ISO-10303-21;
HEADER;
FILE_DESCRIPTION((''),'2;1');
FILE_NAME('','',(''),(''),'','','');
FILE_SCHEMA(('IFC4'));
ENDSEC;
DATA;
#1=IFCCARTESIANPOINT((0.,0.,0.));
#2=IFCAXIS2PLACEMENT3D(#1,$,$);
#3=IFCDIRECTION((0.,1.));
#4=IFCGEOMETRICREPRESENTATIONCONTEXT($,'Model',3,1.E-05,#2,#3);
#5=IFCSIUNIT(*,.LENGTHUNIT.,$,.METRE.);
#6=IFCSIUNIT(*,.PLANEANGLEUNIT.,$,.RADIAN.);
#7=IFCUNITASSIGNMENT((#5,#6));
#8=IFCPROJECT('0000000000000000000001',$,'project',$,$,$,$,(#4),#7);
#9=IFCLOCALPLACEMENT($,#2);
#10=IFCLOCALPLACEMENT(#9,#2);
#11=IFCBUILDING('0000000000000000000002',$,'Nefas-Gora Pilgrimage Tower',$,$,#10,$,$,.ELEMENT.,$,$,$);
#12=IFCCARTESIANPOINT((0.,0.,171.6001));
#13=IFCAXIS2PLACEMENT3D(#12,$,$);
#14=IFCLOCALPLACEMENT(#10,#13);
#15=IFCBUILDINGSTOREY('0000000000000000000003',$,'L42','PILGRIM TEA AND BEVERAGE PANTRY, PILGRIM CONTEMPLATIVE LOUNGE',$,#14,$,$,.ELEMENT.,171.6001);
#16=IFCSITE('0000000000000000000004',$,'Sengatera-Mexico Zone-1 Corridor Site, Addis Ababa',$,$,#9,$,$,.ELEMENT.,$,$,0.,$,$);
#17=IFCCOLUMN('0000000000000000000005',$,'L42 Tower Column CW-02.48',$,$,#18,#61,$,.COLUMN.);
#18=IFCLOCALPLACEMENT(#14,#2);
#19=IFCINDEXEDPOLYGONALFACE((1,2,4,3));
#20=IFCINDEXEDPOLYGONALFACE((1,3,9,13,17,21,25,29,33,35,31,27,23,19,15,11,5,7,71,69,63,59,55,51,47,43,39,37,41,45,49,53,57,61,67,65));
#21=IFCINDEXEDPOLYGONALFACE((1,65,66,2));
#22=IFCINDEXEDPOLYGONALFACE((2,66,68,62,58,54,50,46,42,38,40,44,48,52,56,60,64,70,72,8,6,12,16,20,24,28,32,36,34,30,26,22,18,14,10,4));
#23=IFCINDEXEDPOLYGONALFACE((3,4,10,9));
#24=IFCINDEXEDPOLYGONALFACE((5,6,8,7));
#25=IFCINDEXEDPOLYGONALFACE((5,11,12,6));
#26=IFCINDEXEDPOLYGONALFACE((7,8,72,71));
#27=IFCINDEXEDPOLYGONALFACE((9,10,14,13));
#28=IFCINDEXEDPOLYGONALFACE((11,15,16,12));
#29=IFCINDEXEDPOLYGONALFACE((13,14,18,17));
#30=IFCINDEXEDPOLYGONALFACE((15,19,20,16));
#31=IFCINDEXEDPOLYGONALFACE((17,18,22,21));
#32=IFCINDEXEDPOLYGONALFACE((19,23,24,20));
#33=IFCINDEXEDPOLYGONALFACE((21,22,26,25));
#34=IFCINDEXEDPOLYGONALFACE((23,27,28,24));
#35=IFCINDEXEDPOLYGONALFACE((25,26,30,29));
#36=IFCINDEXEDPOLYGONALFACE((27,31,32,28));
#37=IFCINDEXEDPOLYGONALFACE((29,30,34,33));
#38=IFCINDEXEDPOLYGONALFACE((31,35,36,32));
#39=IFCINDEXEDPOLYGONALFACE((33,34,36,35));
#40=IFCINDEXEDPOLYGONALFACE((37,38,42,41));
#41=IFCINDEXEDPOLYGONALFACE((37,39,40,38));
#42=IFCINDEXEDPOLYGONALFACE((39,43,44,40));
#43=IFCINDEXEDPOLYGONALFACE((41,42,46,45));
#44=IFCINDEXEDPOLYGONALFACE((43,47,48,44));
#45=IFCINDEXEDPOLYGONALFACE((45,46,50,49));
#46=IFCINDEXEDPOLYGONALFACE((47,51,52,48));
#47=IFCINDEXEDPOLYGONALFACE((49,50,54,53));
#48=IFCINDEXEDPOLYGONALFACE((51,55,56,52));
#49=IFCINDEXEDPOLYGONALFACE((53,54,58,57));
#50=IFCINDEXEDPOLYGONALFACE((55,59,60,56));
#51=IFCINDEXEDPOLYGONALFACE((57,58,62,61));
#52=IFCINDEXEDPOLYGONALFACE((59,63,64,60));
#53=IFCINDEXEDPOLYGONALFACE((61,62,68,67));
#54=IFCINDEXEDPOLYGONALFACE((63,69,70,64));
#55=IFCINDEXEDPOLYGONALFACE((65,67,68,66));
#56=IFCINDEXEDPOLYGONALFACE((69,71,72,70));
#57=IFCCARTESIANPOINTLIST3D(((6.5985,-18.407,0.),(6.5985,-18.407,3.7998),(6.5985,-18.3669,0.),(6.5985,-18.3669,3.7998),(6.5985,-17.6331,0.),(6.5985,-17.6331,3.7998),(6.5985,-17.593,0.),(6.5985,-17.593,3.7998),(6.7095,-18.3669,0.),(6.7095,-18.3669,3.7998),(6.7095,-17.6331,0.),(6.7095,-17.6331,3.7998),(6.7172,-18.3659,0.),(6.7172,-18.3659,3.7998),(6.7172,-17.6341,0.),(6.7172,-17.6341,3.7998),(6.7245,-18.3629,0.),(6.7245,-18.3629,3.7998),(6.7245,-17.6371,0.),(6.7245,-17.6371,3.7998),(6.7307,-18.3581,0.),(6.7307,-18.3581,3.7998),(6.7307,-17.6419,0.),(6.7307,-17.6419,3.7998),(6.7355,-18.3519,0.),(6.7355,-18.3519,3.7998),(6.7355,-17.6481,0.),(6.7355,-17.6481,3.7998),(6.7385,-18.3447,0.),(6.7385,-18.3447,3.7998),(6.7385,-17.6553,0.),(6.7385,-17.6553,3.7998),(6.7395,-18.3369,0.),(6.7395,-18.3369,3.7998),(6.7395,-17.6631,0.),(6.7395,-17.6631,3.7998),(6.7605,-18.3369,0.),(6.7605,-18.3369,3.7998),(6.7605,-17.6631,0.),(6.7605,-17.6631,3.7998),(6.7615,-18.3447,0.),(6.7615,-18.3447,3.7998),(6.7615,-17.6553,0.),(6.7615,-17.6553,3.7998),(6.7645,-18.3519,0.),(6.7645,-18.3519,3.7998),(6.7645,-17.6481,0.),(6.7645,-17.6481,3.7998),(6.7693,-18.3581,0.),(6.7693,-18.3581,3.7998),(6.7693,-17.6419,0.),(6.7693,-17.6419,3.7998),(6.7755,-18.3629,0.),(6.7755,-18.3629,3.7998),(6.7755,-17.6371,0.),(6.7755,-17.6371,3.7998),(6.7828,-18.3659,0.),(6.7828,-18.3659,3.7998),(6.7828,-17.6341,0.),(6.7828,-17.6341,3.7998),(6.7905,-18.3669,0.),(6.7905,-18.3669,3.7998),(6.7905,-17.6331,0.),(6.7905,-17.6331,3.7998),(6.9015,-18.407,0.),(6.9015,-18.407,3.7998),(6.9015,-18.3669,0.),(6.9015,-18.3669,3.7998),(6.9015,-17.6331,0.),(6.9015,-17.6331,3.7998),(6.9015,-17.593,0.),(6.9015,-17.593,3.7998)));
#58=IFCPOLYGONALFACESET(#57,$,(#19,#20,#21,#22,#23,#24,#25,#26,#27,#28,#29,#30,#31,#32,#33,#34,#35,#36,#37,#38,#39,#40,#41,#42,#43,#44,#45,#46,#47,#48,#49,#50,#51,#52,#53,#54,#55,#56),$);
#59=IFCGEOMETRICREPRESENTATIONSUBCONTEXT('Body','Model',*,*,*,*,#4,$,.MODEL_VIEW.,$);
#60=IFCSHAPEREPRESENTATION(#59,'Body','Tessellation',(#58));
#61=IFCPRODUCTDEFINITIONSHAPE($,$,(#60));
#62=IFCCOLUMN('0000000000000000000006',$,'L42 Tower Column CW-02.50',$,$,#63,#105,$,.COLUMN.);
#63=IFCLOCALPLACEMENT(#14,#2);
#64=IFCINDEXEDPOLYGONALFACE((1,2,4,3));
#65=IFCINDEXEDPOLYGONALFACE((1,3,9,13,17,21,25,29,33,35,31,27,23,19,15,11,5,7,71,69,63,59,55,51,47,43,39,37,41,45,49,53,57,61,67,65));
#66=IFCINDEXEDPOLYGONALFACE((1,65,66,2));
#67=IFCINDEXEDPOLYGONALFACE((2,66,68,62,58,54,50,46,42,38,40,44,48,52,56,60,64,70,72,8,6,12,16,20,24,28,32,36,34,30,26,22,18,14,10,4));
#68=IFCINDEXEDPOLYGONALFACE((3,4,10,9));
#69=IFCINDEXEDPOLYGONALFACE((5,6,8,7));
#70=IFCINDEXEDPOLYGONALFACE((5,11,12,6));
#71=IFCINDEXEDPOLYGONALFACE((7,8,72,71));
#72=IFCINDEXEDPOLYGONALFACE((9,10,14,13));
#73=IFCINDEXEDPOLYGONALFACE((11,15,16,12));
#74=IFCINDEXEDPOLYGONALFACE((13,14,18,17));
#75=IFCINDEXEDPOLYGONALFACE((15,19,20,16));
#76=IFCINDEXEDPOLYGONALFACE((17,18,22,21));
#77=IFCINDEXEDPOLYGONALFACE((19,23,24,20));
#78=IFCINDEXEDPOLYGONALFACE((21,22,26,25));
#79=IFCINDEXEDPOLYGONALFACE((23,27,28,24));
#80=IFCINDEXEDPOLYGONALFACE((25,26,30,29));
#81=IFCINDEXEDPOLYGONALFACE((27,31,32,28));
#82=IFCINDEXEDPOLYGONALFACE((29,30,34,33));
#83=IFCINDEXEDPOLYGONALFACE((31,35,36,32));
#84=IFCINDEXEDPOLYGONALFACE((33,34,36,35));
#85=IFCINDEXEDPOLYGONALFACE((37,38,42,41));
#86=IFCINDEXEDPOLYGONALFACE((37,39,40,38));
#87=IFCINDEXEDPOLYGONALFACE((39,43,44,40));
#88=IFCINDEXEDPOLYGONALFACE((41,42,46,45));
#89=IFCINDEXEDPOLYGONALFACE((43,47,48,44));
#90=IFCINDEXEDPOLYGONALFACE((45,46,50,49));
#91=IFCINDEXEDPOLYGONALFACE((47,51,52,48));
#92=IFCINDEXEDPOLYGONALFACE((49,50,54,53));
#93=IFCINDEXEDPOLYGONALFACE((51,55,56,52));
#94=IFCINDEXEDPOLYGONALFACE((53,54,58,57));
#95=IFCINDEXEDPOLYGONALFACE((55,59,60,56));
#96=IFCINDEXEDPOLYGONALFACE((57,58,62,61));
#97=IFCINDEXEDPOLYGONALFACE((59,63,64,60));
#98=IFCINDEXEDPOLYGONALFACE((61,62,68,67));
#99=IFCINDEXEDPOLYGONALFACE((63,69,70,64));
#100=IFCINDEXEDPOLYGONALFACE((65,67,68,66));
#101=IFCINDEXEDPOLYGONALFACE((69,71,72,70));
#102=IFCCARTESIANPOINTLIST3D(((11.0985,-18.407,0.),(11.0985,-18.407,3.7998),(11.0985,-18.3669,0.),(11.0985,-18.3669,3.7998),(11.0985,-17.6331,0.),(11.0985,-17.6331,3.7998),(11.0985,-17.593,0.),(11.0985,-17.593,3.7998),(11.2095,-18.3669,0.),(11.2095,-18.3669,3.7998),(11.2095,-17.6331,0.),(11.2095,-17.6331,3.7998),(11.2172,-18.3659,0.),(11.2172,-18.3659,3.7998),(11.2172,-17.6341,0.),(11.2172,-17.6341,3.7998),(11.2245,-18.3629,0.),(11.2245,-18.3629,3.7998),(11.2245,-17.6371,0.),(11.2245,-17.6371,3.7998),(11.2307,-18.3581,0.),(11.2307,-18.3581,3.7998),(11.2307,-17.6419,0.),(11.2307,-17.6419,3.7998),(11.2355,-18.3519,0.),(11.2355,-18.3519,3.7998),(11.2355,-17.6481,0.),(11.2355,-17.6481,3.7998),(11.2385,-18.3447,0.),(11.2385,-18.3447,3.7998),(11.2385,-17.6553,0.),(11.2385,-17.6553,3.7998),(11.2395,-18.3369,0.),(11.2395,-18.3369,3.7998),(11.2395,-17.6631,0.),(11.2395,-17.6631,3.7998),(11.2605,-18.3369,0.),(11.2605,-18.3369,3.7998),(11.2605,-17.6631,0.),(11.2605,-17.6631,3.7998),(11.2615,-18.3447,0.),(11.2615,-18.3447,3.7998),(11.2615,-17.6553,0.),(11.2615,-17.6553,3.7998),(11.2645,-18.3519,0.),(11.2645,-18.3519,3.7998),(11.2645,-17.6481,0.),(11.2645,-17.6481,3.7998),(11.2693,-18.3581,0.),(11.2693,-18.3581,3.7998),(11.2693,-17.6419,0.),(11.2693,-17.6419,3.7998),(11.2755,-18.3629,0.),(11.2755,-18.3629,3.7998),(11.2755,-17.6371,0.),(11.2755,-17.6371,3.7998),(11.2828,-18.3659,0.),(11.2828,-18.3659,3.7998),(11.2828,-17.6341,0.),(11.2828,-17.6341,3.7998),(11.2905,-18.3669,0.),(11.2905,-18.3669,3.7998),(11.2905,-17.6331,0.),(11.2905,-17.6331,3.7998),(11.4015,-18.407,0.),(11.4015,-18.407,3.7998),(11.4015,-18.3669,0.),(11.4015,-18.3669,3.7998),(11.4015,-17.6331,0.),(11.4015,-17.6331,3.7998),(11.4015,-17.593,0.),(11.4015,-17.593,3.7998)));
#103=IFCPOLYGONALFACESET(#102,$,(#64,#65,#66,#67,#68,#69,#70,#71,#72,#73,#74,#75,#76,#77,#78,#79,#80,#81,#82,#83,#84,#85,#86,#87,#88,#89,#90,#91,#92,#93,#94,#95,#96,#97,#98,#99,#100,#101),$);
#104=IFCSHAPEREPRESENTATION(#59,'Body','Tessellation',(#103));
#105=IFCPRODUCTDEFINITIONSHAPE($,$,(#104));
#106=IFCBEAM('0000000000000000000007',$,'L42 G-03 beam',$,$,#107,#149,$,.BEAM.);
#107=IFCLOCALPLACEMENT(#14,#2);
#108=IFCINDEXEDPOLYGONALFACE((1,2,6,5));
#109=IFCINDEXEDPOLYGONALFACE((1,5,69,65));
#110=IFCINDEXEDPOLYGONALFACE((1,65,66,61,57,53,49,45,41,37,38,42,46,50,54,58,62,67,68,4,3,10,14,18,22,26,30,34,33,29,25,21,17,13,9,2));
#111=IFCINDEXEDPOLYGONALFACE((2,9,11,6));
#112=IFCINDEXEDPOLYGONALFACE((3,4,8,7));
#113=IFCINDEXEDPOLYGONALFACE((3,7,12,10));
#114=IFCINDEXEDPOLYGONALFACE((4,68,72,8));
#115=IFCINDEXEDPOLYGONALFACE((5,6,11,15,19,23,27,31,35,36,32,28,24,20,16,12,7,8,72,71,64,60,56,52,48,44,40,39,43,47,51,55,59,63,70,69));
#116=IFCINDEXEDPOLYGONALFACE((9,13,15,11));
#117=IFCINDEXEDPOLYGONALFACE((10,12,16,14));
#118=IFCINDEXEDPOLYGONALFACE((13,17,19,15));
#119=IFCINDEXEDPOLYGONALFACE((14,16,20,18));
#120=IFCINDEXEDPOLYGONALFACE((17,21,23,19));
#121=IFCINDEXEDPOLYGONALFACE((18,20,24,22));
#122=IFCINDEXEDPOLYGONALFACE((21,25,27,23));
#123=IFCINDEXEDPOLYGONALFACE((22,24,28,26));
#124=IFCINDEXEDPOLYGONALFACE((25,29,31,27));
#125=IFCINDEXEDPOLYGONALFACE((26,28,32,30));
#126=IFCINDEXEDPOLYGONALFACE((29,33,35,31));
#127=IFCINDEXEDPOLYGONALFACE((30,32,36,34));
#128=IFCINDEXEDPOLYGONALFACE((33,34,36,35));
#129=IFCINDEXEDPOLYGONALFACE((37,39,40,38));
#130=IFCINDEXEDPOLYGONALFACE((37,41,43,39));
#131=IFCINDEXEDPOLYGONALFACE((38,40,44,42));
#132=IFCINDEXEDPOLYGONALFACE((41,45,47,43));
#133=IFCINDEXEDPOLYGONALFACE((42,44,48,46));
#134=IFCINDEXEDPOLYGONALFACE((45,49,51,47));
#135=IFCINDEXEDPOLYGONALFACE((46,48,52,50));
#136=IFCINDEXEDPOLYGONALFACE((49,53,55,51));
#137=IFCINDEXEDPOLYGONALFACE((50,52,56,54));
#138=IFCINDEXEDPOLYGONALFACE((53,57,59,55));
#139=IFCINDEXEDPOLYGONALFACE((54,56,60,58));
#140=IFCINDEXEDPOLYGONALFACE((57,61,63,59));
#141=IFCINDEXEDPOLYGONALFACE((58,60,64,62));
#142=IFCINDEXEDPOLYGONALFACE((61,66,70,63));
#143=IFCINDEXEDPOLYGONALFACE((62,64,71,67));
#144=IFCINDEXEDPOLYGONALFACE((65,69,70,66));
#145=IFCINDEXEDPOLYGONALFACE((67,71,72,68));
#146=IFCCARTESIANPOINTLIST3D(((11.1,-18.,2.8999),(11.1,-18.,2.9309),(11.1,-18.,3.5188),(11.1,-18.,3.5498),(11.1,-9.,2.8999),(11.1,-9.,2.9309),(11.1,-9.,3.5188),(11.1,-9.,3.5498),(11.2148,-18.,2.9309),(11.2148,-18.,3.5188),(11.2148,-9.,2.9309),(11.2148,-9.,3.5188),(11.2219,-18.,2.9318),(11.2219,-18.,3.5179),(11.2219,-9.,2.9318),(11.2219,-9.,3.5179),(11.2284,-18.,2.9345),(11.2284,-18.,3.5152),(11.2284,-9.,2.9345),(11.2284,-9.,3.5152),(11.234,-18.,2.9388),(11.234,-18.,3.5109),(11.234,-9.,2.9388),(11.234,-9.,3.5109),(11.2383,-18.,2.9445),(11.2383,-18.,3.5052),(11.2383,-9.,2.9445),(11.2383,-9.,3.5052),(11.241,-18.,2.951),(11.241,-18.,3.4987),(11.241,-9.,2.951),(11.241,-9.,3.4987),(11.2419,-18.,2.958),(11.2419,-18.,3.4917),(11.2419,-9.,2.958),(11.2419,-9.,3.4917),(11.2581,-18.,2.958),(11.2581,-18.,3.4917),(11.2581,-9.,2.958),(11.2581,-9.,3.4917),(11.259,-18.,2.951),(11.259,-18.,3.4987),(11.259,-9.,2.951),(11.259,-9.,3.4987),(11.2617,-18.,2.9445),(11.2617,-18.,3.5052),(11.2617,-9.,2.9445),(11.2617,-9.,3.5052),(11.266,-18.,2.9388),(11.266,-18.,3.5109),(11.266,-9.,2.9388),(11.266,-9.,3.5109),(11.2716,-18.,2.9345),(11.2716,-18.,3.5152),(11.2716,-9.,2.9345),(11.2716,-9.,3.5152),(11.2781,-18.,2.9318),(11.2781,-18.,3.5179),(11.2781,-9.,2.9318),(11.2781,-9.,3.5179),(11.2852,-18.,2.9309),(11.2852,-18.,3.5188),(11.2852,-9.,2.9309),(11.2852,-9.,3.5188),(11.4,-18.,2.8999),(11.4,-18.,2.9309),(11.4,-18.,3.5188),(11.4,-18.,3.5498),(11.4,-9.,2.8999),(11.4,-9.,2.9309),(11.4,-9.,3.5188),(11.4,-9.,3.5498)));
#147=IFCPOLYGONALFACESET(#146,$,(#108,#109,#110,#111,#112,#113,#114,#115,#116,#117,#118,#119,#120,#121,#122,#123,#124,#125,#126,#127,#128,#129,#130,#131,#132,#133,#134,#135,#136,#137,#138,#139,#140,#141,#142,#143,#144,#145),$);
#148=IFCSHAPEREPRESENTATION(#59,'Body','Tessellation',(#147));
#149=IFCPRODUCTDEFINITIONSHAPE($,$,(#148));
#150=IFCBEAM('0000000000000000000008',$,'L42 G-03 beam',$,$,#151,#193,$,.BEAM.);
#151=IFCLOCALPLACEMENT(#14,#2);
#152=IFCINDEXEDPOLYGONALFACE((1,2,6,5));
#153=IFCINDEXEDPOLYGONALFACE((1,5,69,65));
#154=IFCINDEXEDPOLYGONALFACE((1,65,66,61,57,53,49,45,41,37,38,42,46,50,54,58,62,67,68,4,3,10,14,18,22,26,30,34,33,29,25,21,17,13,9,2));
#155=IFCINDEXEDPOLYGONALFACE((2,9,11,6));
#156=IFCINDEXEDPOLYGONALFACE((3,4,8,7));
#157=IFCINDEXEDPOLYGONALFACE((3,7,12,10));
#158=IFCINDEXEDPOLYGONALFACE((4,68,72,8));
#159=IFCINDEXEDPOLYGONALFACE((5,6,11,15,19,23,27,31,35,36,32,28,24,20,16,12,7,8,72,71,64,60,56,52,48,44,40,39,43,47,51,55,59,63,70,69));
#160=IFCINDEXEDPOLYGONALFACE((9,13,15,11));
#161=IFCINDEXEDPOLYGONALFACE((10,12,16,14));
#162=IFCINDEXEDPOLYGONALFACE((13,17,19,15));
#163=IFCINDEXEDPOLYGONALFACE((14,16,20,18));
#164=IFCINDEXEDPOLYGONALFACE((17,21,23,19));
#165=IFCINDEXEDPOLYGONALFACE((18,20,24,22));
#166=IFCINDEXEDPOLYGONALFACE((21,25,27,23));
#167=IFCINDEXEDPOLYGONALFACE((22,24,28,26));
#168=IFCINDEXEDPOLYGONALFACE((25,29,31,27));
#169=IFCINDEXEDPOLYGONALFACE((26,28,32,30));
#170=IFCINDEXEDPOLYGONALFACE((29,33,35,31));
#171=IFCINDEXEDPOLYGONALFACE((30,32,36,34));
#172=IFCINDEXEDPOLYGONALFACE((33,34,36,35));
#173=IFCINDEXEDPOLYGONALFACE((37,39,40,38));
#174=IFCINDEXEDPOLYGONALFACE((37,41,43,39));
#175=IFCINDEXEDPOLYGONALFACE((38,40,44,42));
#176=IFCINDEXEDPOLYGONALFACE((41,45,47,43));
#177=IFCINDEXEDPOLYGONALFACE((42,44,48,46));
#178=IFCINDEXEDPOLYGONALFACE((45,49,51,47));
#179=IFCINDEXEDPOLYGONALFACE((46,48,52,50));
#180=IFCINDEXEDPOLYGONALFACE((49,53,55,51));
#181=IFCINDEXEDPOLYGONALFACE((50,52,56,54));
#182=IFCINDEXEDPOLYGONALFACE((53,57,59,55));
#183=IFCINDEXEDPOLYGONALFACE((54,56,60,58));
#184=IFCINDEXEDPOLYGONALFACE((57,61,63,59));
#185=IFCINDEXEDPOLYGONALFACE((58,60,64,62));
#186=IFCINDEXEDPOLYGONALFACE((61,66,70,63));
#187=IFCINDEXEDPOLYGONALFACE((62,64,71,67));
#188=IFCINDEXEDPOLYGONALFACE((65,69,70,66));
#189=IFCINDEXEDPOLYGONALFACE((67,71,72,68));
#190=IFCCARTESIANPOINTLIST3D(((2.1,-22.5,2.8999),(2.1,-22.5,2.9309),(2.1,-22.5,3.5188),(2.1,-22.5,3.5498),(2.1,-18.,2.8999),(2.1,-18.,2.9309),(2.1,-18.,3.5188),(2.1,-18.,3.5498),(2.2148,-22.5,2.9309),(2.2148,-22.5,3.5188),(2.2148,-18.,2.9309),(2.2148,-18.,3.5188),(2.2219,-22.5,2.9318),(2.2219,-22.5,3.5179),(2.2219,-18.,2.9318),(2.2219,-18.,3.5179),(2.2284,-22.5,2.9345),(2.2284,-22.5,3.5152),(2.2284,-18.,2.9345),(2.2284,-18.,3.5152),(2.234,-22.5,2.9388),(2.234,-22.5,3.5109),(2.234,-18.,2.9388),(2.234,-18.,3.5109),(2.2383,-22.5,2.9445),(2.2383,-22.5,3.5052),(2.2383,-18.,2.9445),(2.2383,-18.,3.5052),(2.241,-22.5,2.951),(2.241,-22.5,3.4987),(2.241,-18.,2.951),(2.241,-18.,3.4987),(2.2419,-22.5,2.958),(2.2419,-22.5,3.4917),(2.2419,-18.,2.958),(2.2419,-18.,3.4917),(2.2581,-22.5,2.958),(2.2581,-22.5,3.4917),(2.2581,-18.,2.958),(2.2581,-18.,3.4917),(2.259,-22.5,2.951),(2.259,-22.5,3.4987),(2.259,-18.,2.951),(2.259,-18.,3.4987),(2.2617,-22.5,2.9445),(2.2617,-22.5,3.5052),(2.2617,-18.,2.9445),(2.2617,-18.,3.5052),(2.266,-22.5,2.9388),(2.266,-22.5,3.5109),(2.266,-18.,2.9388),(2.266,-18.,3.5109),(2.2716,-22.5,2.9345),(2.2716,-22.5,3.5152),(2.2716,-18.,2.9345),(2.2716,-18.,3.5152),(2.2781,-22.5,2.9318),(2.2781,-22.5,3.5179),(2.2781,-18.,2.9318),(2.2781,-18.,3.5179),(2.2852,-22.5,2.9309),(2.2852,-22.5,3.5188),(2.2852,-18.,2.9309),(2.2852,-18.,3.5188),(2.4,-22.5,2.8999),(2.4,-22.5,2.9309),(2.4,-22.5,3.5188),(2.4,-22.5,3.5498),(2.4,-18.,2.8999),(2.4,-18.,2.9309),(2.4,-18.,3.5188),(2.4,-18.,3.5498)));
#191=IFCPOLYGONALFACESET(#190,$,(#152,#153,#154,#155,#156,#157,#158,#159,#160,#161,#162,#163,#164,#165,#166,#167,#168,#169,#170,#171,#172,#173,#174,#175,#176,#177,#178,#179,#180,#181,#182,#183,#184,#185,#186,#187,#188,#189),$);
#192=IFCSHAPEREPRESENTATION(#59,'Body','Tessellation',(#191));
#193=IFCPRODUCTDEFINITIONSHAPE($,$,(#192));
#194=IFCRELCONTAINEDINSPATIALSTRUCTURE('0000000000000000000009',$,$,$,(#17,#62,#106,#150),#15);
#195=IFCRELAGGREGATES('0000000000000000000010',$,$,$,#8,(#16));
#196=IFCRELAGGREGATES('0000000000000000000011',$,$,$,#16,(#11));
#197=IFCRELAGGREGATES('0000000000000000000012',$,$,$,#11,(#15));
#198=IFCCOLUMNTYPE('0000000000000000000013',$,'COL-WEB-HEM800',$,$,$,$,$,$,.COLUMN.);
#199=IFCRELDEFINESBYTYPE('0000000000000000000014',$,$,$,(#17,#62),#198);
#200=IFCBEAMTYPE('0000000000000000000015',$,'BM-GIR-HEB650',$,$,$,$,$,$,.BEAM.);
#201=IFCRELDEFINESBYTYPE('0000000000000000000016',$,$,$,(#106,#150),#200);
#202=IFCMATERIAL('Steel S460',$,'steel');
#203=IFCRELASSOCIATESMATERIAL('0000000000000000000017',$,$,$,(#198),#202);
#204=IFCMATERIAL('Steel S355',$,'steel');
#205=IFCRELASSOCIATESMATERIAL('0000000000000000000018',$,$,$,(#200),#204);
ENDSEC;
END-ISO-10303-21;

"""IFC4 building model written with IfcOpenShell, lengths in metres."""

from ifc_helpers import new_model, si_unit, direction, frame, origin, origin_2d, place, context, subcontext, project, spatial, i_section, extrude, source, transform, mapped, material, material_profile, profile_set, type_object, element, save


model = new_model("IFC4")

# Units and contexts
model_context = context("Model", 3, precision=1e-05, world=origin(), true_north=direction((0.0, 1.0)))
body_context = subcontext(model_context, "Body", "Model", "MODEL_VIEW")
ifc_project = project(units=[si_unit("LENGTHUNIT", "METRE"), si_unit("PLANEANGLEUNIT", "RADIAN")], contexts=[model_context])

# Site, building, storey
site_placement = place(None, origin())
site = spatial("IfcSite", under=ifc_project, at=site_placement, Name="Sengatera-Mexico Zone-1 Corridor Site, Addis Ababa", CompositionType="ELEMENT", RefElevation=0.0)
building_placement = place(site_placement, origin())
building = spatial("IfcBuilding", under=site, at=building_placement, Name="Nefas-Gora Pilgrimage Tower", CompositionType="ELEMENT")
storey_placement = place(building_placement, frame((0.0, 0.0, 171.6001)))
storey = spatial("IfcBuildingStorey", under=building, at=storey_placement, Name="L42", Description="PILGRIM TEA AND BEVERAGE PANTRY, PILGRIM CONTEMPLATIVE LOUNGE", CompositionType="ELEMENT", Elevation=171.6001)

# Columns
ifc_material_1 = material(Name="Steel S460", Category="steel")
ifc_material_profile_1 = material_profile(ifc_material_1, i_section(OverallWidth=0.303, OverallDepth=0.814, WebThickness=0.021, FlangeThickness=0.04, FilletRadius=0.03, at=origin_2d()), Name="HEM 800")
ifc_profile_set_1 = profile_set([ifc_material_profile_1], Name="Steel S460")
column_type_1 = type_object("IfcColumnType", Name="COL-WEB-HEM800", PredefinedType="COLUMN", material=ifc_profile_set_1)
shared_shape_1 = source(origin(), body_context, "Body", "SweptSolid", [
    extrude(i_section(OverallWidth=0.303, OverallDepth=0.814, WebThickness=0.021, FlangeThickness=0.04, FilletRadius=0.03, at=origin_2d()), origin(), (0.0, 0.0, 1.0), 3.7998),
])
for number, where, z_axis, x_axis, name in (
    (1, (6.75, -18.0, 0.0), (0.0, 0.0, 1.0), (1.0, 0.0, 0.0), "L42 Tower Column CW-02.48"),
    (2, (11.25, -18.0, 0.0), (0.0, 0.0, 1.0), (1.0, 0.0, 0.0), "L42 Tower Column CW-02.50"),
):
    element("IfcColumn", number, at=place(storey_placement, frame(where, z_axis=z_axis, x_axis=x_axis)), inside=storey, type_object=column_type_1, Name=name, PredefinedType="COLUMN", context=body_context, shape_type="MappedRepresentation", body=[
        mapped(shared_shape_1, transform((0.0, 0.0, 0.0), x_axis=(1.0, 0.0, 0.0), y_axis=(0.0, 1.0, 0.0), z_axis=(0.0, 0.0, 1.0), scale=1.0)),
    ])

# Beams
ifc_material_2 = material(Name="Steel S355", Category="steel")
ifc_material_profile_2 = material_profile(ifc_material_2, i_section(OverallWidth=0.3, OverallDepth=0.6499, WebThickness=0.0161, FlangeThickness=0.031, FilletRadius=0.0271, at=origin_2d()), Name="HEB 650")
ifc_profile_set_2 = profile_set([ifc_material_profile_2], Name="Steel S355")
beam_type = type_object("IfcBeamType", Name="BM-GIR-HEB650", PredefinedType="BEAM", material=ifc_profile_set_2)
shared_shape_2 = source(origin(), body_context, "Body", "SweptSolid", [
    extrude(i_section(OverallWidth=0.3, OverallDepth=0.6499, WebThickness=0.0161, FlangeThickness=0.031, FilletRadius=0.0271, at=origin_2d()), origin(), (0.0, 0.0, 1.0), 9.0),
])
beam_1_placement = place(storey_placement, frame((11.25, -18.0, 3.2249), z_axis=(0.0, 1.0, 0.0), x_axis=(-1.0, 0.0, 0.0)))
element("IfcBeam", 3, at=beam_1_placement, inside=storey, type_object=beam_type, Name="L42 G-03 beam", PredefinedType="BEAM", context=body_context, shape_type="MappedRepresentation", body=[
    mapped(shared_shape_2, transform((0.0, 0.0, 0.0), x_axis=(1.0, 0.0, 0.0), y_axis=(0.0, 1.0, 0.0), z_axis=(0.0, 0.0, 1.0), scale=1.0)),
])
shared_shape_3 = source(origin(), body_context, "Body", "SweptSolid", [
    extrude(i_section(OverallWidth=0.3, OverallDepth=0.6499, WebThickness=0.0161, FlangeThickness=0.031, FilletRadius=0.0271, at=origin_2d()), origin(), (0.0, 0.0, 1.0), 4.5),
])
for number, where, z_axis, x_axis, name in (
    (4, (2.25, -22.5, 3.2249), (0.0, 1.0, 0.0), (-1.0, 0.0, 0.0), "L42 G-03 beam"),
):
    element("IfcBeam", number, at=place(storey_placement, frame(where, z_axis=z_axis, x_axis=x_axis)), inside=storey, type_object=beam_type, Name=name, PredefinedType="BEAM", context=body_context, shape_type="MappedRepresentation", body=[
        mapped(shared_shape_3, transform((0.0, 0.0, 0.0), x_axis=(1.0, 0.0, 0.0), y_axis=(0.0, 1.0, 0.0), z_axis=(0.0, 0.0, 1.0), scale=1.0)),
    ])

save(model, "model.ifc")
